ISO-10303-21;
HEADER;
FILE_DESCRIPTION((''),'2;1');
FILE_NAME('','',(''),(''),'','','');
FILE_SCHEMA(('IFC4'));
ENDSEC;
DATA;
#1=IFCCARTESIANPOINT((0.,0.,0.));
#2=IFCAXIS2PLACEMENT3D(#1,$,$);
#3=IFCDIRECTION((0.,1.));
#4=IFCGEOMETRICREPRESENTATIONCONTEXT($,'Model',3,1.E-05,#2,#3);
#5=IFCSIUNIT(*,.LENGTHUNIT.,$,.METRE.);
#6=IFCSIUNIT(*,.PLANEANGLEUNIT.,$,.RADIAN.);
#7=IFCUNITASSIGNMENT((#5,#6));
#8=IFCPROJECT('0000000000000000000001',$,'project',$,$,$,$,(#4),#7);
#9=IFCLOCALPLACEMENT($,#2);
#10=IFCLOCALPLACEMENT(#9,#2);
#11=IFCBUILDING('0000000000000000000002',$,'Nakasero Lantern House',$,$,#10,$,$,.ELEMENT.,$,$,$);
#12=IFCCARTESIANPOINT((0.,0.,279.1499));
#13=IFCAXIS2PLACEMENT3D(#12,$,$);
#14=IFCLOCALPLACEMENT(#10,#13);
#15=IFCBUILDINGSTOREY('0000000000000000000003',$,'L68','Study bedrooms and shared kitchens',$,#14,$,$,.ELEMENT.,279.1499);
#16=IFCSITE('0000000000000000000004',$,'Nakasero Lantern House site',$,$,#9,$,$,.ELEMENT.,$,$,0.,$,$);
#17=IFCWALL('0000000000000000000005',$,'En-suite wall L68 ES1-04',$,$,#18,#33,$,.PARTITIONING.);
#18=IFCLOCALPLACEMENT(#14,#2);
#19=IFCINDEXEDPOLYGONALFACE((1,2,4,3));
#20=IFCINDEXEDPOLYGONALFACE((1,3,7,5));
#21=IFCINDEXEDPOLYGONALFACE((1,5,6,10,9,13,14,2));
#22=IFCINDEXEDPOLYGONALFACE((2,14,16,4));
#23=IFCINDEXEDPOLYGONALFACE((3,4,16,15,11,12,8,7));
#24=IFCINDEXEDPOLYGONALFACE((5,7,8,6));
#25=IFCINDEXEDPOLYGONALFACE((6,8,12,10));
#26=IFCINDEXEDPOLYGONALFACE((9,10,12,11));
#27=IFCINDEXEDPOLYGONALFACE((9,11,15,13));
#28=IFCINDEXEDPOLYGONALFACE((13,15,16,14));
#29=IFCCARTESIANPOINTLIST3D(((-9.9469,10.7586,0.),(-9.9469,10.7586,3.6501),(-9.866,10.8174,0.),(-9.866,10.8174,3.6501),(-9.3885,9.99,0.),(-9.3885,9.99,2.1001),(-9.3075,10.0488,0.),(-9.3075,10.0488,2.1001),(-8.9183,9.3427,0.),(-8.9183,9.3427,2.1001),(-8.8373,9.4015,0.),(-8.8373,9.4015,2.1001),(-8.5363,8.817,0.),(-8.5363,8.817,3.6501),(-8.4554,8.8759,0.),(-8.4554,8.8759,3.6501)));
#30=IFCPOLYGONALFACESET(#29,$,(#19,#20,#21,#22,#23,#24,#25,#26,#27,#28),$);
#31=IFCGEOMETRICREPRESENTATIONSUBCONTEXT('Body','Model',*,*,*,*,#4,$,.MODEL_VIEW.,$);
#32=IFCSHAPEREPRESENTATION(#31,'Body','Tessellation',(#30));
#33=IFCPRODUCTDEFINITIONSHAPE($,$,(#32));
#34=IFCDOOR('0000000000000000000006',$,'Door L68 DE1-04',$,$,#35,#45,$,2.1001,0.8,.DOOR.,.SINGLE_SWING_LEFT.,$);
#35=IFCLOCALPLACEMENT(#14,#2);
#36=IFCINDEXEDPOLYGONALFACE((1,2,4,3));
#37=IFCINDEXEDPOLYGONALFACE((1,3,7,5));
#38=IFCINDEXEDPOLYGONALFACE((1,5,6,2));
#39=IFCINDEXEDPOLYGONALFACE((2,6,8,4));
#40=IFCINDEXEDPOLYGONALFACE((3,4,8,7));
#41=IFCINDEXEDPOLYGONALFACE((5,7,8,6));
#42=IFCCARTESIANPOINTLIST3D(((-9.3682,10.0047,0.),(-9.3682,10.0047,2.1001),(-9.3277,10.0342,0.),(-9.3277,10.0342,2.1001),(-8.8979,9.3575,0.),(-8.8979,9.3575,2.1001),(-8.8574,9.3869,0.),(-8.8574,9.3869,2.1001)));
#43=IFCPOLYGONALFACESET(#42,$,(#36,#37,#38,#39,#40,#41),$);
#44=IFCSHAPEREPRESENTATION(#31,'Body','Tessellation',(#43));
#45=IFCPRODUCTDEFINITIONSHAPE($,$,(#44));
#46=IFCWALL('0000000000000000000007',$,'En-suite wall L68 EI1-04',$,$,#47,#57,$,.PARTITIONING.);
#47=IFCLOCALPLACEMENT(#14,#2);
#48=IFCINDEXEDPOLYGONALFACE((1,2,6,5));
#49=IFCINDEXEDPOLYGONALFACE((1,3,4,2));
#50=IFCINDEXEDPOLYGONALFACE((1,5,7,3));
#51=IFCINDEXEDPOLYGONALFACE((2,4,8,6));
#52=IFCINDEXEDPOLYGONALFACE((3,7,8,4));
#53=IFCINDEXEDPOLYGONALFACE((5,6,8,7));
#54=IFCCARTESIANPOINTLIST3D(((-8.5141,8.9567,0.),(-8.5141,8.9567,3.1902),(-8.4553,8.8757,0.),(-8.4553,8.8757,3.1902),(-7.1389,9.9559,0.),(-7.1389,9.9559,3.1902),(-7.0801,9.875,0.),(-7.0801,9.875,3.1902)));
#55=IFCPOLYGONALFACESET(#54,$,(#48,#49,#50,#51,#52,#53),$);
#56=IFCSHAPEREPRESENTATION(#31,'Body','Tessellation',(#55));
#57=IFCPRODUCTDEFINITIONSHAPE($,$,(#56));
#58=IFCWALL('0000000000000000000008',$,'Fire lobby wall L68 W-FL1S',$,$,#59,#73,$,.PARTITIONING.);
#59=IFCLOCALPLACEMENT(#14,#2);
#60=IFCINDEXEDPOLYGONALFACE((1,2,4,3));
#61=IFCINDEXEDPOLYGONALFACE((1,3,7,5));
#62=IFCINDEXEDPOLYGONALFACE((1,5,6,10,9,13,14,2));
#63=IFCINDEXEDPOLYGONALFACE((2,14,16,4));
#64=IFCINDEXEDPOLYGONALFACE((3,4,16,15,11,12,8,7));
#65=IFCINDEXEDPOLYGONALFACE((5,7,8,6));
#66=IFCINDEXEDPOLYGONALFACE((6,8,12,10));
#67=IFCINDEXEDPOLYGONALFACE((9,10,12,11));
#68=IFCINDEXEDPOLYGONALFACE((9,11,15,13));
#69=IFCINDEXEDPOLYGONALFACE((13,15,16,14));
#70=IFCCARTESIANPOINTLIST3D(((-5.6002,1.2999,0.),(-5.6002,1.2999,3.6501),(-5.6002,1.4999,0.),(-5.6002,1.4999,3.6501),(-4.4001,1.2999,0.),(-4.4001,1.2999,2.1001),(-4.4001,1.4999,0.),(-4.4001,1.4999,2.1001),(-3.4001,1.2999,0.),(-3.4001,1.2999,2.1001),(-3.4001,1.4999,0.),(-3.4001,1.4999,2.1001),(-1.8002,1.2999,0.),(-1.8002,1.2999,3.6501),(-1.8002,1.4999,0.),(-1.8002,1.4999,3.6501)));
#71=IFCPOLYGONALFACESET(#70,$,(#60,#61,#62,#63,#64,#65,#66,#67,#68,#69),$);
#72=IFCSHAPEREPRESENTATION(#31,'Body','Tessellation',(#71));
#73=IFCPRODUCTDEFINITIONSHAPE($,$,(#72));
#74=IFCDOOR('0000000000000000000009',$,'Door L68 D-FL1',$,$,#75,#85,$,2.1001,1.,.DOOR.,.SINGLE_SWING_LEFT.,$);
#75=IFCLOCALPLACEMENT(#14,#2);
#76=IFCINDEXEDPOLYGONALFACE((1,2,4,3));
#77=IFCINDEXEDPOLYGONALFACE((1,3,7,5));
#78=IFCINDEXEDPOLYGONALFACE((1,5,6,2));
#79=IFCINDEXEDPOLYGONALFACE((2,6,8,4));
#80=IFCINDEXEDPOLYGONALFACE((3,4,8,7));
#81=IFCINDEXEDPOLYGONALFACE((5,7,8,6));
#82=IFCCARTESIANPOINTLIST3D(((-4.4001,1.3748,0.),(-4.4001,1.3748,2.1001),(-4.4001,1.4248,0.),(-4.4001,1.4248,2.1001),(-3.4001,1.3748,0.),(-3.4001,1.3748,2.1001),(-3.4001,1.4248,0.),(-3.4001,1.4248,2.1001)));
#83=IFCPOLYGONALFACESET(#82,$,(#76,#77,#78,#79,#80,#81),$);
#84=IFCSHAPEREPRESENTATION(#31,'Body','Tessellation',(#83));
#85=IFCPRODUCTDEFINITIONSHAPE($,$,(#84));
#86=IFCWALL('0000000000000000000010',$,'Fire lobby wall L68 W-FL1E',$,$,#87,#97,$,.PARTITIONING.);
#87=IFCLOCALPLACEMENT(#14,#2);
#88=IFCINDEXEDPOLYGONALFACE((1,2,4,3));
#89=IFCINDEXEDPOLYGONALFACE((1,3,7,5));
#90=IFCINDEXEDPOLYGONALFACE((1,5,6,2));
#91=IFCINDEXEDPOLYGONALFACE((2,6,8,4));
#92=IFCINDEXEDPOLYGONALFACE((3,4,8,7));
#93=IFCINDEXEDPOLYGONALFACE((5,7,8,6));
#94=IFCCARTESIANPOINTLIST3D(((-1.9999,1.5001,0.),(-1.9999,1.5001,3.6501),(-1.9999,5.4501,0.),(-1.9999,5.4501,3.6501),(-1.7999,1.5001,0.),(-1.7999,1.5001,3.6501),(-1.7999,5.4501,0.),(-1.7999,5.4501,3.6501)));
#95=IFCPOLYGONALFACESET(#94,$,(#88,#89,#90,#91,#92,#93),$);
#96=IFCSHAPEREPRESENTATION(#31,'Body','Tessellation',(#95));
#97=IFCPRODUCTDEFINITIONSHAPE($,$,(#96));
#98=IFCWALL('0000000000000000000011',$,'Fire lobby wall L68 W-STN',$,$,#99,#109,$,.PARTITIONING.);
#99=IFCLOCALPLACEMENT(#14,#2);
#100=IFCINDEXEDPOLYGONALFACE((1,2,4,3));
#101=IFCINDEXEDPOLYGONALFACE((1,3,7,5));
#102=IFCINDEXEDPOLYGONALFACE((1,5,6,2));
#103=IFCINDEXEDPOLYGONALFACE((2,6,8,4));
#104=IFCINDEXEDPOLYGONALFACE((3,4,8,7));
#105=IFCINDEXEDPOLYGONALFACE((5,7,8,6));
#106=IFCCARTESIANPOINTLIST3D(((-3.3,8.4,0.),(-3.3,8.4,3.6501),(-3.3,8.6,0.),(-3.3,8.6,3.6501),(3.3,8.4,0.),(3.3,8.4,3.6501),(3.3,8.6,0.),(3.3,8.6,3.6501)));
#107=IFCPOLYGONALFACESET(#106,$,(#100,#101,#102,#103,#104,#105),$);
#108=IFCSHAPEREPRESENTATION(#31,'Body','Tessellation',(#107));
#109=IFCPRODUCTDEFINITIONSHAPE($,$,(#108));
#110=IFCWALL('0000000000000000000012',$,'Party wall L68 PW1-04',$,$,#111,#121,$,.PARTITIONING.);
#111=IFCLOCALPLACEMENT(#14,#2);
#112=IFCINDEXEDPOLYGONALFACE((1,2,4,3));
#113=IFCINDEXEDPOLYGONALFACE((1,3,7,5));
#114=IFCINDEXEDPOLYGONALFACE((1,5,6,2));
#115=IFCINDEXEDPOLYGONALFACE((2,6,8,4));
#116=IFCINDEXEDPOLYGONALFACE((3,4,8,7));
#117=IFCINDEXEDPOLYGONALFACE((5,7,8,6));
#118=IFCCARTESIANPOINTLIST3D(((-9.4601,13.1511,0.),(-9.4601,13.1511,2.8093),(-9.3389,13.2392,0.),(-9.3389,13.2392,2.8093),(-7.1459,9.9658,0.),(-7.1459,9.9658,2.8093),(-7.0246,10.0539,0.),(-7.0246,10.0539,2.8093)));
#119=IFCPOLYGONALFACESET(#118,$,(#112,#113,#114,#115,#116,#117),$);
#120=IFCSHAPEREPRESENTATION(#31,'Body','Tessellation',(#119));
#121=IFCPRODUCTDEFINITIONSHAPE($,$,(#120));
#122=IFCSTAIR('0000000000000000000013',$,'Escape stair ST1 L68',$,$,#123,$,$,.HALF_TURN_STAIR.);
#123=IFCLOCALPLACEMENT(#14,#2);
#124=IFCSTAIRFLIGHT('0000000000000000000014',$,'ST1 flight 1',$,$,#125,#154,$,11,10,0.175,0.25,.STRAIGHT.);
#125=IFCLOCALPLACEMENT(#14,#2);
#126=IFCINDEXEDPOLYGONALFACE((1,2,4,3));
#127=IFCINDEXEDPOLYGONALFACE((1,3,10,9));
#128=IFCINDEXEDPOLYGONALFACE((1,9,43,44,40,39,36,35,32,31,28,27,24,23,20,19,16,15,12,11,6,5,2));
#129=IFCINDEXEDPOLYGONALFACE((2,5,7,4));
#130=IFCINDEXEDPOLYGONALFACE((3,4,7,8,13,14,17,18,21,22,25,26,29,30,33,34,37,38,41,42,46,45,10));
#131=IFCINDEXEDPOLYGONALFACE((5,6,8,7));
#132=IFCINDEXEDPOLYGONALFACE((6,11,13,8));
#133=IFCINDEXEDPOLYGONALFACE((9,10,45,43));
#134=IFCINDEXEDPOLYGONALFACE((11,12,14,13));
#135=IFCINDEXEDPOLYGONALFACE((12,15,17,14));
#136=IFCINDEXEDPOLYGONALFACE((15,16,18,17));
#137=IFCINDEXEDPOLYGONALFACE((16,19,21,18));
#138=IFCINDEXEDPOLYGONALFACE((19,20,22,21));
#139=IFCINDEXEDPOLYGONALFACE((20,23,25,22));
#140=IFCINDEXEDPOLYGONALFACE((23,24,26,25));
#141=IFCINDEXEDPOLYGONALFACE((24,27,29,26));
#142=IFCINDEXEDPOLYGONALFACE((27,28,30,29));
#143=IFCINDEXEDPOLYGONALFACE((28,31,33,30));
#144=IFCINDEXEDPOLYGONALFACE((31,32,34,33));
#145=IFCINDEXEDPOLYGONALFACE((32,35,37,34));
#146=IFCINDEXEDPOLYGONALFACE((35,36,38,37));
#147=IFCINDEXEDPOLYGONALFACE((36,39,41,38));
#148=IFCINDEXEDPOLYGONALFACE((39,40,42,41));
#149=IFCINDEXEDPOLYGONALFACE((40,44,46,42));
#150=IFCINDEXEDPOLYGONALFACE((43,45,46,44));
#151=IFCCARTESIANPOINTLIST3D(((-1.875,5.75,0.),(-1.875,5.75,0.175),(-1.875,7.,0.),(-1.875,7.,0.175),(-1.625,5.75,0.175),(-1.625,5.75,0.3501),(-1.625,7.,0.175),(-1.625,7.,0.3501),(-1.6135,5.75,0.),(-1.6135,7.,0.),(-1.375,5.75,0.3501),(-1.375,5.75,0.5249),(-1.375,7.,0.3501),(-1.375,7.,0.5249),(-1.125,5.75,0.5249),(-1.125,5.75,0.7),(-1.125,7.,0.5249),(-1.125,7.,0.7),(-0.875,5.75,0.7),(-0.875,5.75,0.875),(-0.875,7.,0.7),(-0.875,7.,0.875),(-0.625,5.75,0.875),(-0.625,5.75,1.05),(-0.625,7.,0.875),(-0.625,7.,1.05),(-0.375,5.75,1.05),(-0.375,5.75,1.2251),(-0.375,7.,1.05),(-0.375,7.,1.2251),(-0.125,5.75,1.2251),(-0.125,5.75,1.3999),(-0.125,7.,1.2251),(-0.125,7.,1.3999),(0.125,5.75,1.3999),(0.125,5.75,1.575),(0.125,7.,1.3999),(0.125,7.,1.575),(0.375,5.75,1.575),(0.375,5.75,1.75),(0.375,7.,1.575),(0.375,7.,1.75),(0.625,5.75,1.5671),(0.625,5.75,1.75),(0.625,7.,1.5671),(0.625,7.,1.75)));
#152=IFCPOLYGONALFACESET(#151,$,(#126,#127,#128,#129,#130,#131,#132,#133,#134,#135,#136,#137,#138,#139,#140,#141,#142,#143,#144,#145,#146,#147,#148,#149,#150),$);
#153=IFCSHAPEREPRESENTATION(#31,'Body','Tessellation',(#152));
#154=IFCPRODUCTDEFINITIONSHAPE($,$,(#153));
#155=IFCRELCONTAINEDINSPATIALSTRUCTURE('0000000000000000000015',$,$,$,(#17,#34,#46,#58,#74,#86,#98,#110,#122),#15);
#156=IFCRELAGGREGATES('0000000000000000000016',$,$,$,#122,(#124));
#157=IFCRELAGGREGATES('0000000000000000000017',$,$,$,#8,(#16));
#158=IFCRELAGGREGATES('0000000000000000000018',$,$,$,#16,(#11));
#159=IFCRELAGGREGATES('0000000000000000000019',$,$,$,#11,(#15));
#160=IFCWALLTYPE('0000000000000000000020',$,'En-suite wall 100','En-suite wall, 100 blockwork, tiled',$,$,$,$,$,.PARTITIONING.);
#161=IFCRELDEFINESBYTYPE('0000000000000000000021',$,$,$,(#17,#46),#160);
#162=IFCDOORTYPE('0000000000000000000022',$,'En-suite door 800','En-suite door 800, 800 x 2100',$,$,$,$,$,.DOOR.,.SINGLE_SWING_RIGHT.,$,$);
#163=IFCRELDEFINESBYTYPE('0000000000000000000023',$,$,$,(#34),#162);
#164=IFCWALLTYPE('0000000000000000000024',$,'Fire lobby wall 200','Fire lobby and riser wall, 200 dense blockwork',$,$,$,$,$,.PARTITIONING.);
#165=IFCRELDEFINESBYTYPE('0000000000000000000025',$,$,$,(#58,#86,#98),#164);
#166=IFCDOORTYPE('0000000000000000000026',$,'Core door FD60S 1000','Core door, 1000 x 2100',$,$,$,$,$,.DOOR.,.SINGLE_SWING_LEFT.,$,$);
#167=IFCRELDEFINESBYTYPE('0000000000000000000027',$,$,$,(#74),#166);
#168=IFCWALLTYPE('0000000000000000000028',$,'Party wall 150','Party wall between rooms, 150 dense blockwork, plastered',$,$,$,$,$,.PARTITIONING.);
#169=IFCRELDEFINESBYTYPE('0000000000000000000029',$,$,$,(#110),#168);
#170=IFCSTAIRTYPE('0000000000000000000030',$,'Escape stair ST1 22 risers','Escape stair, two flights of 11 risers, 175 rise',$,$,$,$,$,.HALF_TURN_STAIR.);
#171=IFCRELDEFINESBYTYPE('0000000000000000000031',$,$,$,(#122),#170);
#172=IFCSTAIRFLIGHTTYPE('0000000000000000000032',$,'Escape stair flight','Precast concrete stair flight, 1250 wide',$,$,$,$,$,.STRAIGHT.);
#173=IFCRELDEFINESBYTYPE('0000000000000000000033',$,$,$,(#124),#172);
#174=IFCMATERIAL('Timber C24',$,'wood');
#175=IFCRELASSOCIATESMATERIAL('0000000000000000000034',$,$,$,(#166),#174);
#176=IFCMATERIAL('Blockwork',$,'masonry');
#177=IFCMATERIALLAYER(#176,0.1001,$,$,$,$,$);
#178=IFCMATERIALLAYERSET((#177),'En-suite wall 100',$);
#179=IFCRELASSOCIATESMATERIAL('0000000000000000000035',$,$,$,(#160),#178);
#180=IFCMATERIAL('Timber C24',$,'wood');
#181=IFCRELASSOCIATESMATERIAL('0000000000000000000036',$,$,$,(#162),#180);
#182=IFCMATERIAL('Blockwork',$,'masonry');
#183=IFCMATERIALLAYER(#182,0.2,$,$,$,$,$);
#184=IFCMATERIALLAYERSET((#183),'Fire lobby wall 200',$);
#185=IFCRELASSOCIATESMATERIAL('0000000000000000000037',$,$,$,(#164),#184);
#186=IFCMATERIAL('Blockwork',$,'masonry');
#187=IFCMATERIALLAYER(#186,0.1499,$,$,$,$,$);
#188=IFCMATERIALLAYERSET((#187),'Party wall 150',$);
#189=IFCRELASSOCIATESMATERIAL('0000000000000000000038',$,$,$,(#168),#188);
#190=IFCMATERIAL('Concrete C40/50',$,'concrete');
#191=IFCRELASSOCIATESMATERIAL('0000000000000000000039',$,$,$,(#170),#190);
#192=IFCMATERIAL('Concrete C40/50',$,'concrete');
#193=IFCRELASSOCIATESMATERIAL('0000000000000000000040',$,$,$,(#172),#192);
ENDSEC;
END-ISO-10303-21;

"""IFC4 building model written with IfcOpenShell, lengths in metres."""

from ifc_helpers import new_model, si_unit, direction, frame, frame_2d, origin, place, context, subcontext, project, spatial, polyline, rectangle, outline, extrude, material, layer, layer_set, type_object, element, fill, aggregate, save


model = new_model("IFC4")

# Units and contexts
model_context = context("Model", 3, precision=1e-05, world=origin(), true_north=direction((0.0, 1.0)))
body_context = subcontext(model_context, "Body", "Model", "MODEL_VIEW")
ifc_project = project(units=[si_unit("LENGTHUNIT", "METRE"), si_unit("PLANEANGLEUNIT", "RADIAN")], contexts=[model_context])

# Site, building, storey
site_placement = place(None, origin())
site = spatial("IfcSite", under=ifc_project, at=site_placement, Name="Nakasero Lantern House site", CompositionType="ELEMENT", RefElevation=0.0)
building_placement = place(site_placement, origin())
building = spatial("IfcBuilding", under=site, at=building_placement, Name="Nakasero Lantern House", CompositionType="ELEMENT")
storey_placement = place(building_placement, frame((0.0, 0.0, 279.1499)))
storey = spatial("IfcBuildingStorey", under=building, at=storey_placement, Name="L68", Description="Study bedrooms and shared kitchens", CompositionType="ELEMENT", Elevation=279.1499)

# Shared definitions
ifc_material_1 = material(Name="Timber C24", Category="wood")
door_type_1 = type_object("IfcDoorType", Name="Core door FD60S 1000", Description="Core door, 1000 x 2100", OperationType="SINGLE_SWING_LEFT", PredefinedType="DOOR", material=ifc_material_1)

# Wall, opening, door
ifc_material_2 = material(Name="Blockwork", Category="masonry")
ifc_layer_1 = layer(ifc_material_2, 0.1001)
ifc_layer_set_1 = layer_set([ifc_layer_1], Name="En-suite wall 100")
wall_type_1 = type_object("IfcWallType", Name="En-suite wall 100", Description="En-suite wall, 100 blockwork, tiled", PredefinedType="PARTITIONING", material=ifc_layer_set_1)
wall_1_placement = place(storey_placement, frame((-8.4958, 8.8464, 0.0), z_axis=(0.0, 0.0, 1.0), x_axis=(-0.587772, 0.809026, 0.0)))
wall_1 = element("IfcWall", 1, at=wall_1_placement, inside=storey, type_object=wall_type_1, Name="En-suite wall L68 ES1-04", PredefinedType="PARTITIONING", context=body_context, shape_type="SweptSolid", body=[
    extrude(rectangle(XDim=2.3999, YDim=0.1001, at=frame_2d((1.2, 0.0))), origin(), (0.0, 0.0, 1.0), 3.6501),
])
opening_1_placement = place(wall_1_placement, frame((0.6499, 0.0, 0.0)))
opening_1 = element("IfcOpeningElement", 2, at=opening_1_placement, cuts=wall_1, PredefinedType="OPENING", context=body_context, shape_type="SweptSolid", body=[
    extrude(rectangle(XDim=0.8, YDim=2.1001, at=frame_2d((0.3999, 1.05))), frame((0.0, 0.0701, 0.0), z_axis=(0.0, -1.0, 0.0), x_axis=(1.0, 0.0, 0.0)), (0.0, 0.0, 1.0), 0.1401),
])
ifc_material_3 = material(Name="Timber C24", Category="wood")
door_type_2 = type_object("IfcDoorType", Name="En-suite door 800", Description="En-suite door 800, 800 x 2100", OperationType="SINGLE_SWING_RIGHT", PredefinedType="DOOR", material=ifc_material_3)
door_1_placement = place(opening_1_placement, origin())
door_1 = element("IfcDoor", 3, at=door_1_placement, inside=storey, type_object=door_type_2, Name="Door L68 DE1-04", OperationType="SINGLE_SWING_LEFT", OverallHeight=2.1001, OverallWidth=0.8, PredefinedType="DOOR", context=body_context, shape_type="SweptSolid", body=[
    extrude(rectangle(XDim=0.8, YDim=2.1001, at=frame_2d((0.3999, 1.05))), frame((0.0, 0.0249, 0.0), z_axis=(0.0, -1.0, 0.0), x_axis=(1.0, 0.0, 0.0)), (0.0, 0.0, 1.0), 0.05),
])
fill(opening_1, door_1)

# Wall
wall_2_placement = place(storey_placement, frame((-7.1094, 9.9155, 0.0), z_axis=(0.0, 0.0, 1.0), x_axis=(-0.808991, -0.587822, 0.0)))
element("IfcWall", 4, at=wall_2_placement, inside=storey, type_object=wall_type_1, Name="En-suite wall L68 EI1-04", PredefinedType="PARTITIONING", context=body_context, shape_type="SweptSolid", body=[
    extrude(rectangle(XDim=1.7, YDim=0.1001, at=frame_2d((0.8501, 0.0))), origin(), (0.0, 0.0, 1.0), 3.1902),
])

# Wall, opening, door
ifc_material_4 = material(Name="Blockwork", Category="masonry")
ifc_layer_2 = layer(ifc_material_4, 0.2)
ifc_layer_set_2 = layer_set([ifc_layer_2], Name="Fire lobby wall 200")
wall_type_2 = type_object("IfcWallType", Name="Fire lobby wall 200", Description="Fire lobby and riser wall, 200 dense blockwork", PredefinedType="PARTITIONING", material=ifc_layer_set_2)
wall_3_placement = place(storey_placement, frame((-5.6001, 1.3999, 0.0), z_axis=(0.0, 0.0, 1.0), x_axis=(1.0, 0.0, 0.0)))
wall_3 = element("IfcWall", 5, at=wall_3_placement, inside=storey, type_object=wall_type_2, Name="Fire lobby wall L68 W-FL1S", PredefinedType="PARTITIONING", context=body_context, shape_type="SweptSolid", body=[
    extrude(rectangle(XDim=3.8, YDim=0.2, at=frame_2d((1.8999, 0.0))), origin(), (0.0, 0.0, 1.0), 3.6501),
])
opening_2_placement = place(wall_3_placement, frame((1.2, 0.0, 0.0)))
opening_2 = element("IfcOpeningElement", 6, at=opening_2_placement, cuts=wall_3, PredefinedType="OPENING", context=body_context, shape_type="SweptSolid", body=[
    extrude(rectangle(XDim=1.0, YDim=2.1001, at=frame_2d((0.5, 1.05))), frame((0.0, 0.1199, 0.0), z_axis=(0.0, -1.0, 0.0), x_axis=(1.0, 0.0, 0.0)), (0.0, 0.0, 1.0), 0.24),
])
door_2_placement = place(opening_2_placement, origin())
door_2 = element("IfcDoor", 7, at=door_2_placement, inside=storey, type_object=door_type_1, Name="Door L68 D-FL1", OperationType="SINGLE_SWING_LEFT", OverallHeight=2.1001, OverallWidth=1.0, PredefinedType="DOOR", context=body_context, shape_type="SweptSolid", body=[
    extrude(rectangle(XDim=1.0, YDim=2.1001, at=frame_2d((0.5, 1.05))), frame((0.0, 0.0249, 0.0), z_axis=(0.0, -1.0, 0.0), x_axis=(1.0, 0.0, 0.0)), (0.0, 0.0, 1.0), 0.05),
])
fill(opening_2, door_2)

# Walls
wall_4_placement = place(storey_placement, frame((-1.8999, 1.5, 0.0), z_axis=(0.0, 0.0, 1.0), x_axis=(0.0, 1.0, 0.0)))
element("IfcWall", 8, at=wall_4_placement, inside=storey, type_object=wall_type_2, Name="Fire lobby wall L68 W-FL1E", PredefinedType="PARTITIONING", context=body_context, shape_type="SweptSolid", body=[
    extrude(rectangle(XDim=3.95, YDim=0.2, at=frame_2d((1.9751, 0.0))), origin(), (0.0, 0.0, 1.0), 3.6501),
])
wall_5_placement = place(storey_placement, frame((-3.3, 8.5, 0.0), z_axis=(0.0, 0.0, 1.0), x_axis=(1.0, 0.0, 0.0)))
element("IfcWall", 9, at=wall_5_placement, inside=storey, type_object=wall_type_2, Name="Fire lobby wall L68 W-STN", PredefinedType="PARTITIONING", context=body_context, shape_type="SweptSolid", body=[
    extrude(rectangle(XDim=6.6001, YDim=0.2, at=frame_2d((3.3, 0.0))), origin(), (0.0, 0.0, 1.0), 3.6501),
])
ifc_material_5 = material(Name="Blockwork", Category="masonry")
ifc_layer_3 = layer(ifc_material_5, 0.1499)
ifc_layer_set_3 = layer_set([ifc_layer_3], Name="Party wall 150")
wall_type_3 = type_object("IfcWallType", Name="Party wall 150", Description="Party wall between rooms, 150 dense blockwork, plastered", PredefinedType="PARTITIONING", material=ifc_layer_set_3)
wall_6_placement = place(storey_placement, frame((-7.0852, 10.0098, 0.0), z_axis=(0.0, 0.0, 1.0), x_axis=(-0.587777, 0.809023, 0.0)))
element("IfcWall", 10, at=wall_6_placement, inside=storey, type_object=wall_type_3, Name="Party wall L68 PW1-04", PredefinedType="PARTITIONING", context=body_context, shape_type="SweptSolid", body=[
    extrude(rectangle(XDim=3.9373, YDim=0.1499, at=frame_2d((1.9688, 0.0))), origin(), (0.0, 0.0, 1.0), 2.8093),
])

# Stair, stair flight
ifc_material_6 = material(Name="Concrete C40/50", Category="concrete")
stair_type = type_object("IfcStairType", Name="Escape stair ST1 22 risers", Description="Escape stair, two flights of 11 risers, 175 rise", PredefinedType="HALF_TURN_STAIR", material=ifc_material_6)
stair_placement = place(storey_placement, origin())
stair = element("IfcStair", 11, at=stair_placement, inside=storey, type_object=stair_type, Name="Escape stair ST1 L68", PredefinedType="HALF_TURN_STAIR")
ifc_material_7 = material(Name="Concrete C40/50", Category="concrete")
stair_flight_type = type_object("IfcStairFlightType", Name="Escape stair flight", Description="Precast concrete stair flight, 1250 wide", PredefinedType="STRAIGHT", material=ifc_material_7)
stair_flight_placement = place(storey_placement, frame((-1.875, 6.375, 0.0), z_axis=(0.0, 0.0, 1.0), x_axis=(1.0, 0.0, 0.0)))
stair_flight = element("IfcStairFlight", 12, at=stair_flight_placement, type_object=stair_flight_type, Name="ST1 flight 1", NumberOfRisers=11, NumberOfTreads=10, PredefinedType="STRAIGHT", RiserHeight=0.175, TreadLength=0.25, context=body_context, shape_type="SweptSolid", body=[
    extrude(outline(polyline([(0.0, 0.0), (0.0, 0.175), (0.25, 0.175), (0.25, 0.3501), (0.5, 0.3501), (0.5, 0.5249), (0.75, 0.5249), (0.75, 0.7), (1.0, 0.7), (1.0, 0.875), (1.25, 0.875), (1.25, 1.05), (1.5, 1.05), (1.5, 1.2251), (1.75, 1.2251), (1.75, 1.3999), (2.0, 1.3999), (2.0, 1.575), (2.25, 1.575), (2.25, 1.75), (2.5, 1.75), (2.5, 1.925), (2.5, 1.5671), (0.2615, 0.0), (0.0, 0.0)])), frame((0.0, 0.625, 0.0), z_axis=(0.0, -1.0, 0.0), x_axis=(1.0, 0.0, 0.0)), (0.0, 0.0, 1.0), 1.25),
])
aggregate(stair, [stair_flight])

save(model, "model.ifc")
